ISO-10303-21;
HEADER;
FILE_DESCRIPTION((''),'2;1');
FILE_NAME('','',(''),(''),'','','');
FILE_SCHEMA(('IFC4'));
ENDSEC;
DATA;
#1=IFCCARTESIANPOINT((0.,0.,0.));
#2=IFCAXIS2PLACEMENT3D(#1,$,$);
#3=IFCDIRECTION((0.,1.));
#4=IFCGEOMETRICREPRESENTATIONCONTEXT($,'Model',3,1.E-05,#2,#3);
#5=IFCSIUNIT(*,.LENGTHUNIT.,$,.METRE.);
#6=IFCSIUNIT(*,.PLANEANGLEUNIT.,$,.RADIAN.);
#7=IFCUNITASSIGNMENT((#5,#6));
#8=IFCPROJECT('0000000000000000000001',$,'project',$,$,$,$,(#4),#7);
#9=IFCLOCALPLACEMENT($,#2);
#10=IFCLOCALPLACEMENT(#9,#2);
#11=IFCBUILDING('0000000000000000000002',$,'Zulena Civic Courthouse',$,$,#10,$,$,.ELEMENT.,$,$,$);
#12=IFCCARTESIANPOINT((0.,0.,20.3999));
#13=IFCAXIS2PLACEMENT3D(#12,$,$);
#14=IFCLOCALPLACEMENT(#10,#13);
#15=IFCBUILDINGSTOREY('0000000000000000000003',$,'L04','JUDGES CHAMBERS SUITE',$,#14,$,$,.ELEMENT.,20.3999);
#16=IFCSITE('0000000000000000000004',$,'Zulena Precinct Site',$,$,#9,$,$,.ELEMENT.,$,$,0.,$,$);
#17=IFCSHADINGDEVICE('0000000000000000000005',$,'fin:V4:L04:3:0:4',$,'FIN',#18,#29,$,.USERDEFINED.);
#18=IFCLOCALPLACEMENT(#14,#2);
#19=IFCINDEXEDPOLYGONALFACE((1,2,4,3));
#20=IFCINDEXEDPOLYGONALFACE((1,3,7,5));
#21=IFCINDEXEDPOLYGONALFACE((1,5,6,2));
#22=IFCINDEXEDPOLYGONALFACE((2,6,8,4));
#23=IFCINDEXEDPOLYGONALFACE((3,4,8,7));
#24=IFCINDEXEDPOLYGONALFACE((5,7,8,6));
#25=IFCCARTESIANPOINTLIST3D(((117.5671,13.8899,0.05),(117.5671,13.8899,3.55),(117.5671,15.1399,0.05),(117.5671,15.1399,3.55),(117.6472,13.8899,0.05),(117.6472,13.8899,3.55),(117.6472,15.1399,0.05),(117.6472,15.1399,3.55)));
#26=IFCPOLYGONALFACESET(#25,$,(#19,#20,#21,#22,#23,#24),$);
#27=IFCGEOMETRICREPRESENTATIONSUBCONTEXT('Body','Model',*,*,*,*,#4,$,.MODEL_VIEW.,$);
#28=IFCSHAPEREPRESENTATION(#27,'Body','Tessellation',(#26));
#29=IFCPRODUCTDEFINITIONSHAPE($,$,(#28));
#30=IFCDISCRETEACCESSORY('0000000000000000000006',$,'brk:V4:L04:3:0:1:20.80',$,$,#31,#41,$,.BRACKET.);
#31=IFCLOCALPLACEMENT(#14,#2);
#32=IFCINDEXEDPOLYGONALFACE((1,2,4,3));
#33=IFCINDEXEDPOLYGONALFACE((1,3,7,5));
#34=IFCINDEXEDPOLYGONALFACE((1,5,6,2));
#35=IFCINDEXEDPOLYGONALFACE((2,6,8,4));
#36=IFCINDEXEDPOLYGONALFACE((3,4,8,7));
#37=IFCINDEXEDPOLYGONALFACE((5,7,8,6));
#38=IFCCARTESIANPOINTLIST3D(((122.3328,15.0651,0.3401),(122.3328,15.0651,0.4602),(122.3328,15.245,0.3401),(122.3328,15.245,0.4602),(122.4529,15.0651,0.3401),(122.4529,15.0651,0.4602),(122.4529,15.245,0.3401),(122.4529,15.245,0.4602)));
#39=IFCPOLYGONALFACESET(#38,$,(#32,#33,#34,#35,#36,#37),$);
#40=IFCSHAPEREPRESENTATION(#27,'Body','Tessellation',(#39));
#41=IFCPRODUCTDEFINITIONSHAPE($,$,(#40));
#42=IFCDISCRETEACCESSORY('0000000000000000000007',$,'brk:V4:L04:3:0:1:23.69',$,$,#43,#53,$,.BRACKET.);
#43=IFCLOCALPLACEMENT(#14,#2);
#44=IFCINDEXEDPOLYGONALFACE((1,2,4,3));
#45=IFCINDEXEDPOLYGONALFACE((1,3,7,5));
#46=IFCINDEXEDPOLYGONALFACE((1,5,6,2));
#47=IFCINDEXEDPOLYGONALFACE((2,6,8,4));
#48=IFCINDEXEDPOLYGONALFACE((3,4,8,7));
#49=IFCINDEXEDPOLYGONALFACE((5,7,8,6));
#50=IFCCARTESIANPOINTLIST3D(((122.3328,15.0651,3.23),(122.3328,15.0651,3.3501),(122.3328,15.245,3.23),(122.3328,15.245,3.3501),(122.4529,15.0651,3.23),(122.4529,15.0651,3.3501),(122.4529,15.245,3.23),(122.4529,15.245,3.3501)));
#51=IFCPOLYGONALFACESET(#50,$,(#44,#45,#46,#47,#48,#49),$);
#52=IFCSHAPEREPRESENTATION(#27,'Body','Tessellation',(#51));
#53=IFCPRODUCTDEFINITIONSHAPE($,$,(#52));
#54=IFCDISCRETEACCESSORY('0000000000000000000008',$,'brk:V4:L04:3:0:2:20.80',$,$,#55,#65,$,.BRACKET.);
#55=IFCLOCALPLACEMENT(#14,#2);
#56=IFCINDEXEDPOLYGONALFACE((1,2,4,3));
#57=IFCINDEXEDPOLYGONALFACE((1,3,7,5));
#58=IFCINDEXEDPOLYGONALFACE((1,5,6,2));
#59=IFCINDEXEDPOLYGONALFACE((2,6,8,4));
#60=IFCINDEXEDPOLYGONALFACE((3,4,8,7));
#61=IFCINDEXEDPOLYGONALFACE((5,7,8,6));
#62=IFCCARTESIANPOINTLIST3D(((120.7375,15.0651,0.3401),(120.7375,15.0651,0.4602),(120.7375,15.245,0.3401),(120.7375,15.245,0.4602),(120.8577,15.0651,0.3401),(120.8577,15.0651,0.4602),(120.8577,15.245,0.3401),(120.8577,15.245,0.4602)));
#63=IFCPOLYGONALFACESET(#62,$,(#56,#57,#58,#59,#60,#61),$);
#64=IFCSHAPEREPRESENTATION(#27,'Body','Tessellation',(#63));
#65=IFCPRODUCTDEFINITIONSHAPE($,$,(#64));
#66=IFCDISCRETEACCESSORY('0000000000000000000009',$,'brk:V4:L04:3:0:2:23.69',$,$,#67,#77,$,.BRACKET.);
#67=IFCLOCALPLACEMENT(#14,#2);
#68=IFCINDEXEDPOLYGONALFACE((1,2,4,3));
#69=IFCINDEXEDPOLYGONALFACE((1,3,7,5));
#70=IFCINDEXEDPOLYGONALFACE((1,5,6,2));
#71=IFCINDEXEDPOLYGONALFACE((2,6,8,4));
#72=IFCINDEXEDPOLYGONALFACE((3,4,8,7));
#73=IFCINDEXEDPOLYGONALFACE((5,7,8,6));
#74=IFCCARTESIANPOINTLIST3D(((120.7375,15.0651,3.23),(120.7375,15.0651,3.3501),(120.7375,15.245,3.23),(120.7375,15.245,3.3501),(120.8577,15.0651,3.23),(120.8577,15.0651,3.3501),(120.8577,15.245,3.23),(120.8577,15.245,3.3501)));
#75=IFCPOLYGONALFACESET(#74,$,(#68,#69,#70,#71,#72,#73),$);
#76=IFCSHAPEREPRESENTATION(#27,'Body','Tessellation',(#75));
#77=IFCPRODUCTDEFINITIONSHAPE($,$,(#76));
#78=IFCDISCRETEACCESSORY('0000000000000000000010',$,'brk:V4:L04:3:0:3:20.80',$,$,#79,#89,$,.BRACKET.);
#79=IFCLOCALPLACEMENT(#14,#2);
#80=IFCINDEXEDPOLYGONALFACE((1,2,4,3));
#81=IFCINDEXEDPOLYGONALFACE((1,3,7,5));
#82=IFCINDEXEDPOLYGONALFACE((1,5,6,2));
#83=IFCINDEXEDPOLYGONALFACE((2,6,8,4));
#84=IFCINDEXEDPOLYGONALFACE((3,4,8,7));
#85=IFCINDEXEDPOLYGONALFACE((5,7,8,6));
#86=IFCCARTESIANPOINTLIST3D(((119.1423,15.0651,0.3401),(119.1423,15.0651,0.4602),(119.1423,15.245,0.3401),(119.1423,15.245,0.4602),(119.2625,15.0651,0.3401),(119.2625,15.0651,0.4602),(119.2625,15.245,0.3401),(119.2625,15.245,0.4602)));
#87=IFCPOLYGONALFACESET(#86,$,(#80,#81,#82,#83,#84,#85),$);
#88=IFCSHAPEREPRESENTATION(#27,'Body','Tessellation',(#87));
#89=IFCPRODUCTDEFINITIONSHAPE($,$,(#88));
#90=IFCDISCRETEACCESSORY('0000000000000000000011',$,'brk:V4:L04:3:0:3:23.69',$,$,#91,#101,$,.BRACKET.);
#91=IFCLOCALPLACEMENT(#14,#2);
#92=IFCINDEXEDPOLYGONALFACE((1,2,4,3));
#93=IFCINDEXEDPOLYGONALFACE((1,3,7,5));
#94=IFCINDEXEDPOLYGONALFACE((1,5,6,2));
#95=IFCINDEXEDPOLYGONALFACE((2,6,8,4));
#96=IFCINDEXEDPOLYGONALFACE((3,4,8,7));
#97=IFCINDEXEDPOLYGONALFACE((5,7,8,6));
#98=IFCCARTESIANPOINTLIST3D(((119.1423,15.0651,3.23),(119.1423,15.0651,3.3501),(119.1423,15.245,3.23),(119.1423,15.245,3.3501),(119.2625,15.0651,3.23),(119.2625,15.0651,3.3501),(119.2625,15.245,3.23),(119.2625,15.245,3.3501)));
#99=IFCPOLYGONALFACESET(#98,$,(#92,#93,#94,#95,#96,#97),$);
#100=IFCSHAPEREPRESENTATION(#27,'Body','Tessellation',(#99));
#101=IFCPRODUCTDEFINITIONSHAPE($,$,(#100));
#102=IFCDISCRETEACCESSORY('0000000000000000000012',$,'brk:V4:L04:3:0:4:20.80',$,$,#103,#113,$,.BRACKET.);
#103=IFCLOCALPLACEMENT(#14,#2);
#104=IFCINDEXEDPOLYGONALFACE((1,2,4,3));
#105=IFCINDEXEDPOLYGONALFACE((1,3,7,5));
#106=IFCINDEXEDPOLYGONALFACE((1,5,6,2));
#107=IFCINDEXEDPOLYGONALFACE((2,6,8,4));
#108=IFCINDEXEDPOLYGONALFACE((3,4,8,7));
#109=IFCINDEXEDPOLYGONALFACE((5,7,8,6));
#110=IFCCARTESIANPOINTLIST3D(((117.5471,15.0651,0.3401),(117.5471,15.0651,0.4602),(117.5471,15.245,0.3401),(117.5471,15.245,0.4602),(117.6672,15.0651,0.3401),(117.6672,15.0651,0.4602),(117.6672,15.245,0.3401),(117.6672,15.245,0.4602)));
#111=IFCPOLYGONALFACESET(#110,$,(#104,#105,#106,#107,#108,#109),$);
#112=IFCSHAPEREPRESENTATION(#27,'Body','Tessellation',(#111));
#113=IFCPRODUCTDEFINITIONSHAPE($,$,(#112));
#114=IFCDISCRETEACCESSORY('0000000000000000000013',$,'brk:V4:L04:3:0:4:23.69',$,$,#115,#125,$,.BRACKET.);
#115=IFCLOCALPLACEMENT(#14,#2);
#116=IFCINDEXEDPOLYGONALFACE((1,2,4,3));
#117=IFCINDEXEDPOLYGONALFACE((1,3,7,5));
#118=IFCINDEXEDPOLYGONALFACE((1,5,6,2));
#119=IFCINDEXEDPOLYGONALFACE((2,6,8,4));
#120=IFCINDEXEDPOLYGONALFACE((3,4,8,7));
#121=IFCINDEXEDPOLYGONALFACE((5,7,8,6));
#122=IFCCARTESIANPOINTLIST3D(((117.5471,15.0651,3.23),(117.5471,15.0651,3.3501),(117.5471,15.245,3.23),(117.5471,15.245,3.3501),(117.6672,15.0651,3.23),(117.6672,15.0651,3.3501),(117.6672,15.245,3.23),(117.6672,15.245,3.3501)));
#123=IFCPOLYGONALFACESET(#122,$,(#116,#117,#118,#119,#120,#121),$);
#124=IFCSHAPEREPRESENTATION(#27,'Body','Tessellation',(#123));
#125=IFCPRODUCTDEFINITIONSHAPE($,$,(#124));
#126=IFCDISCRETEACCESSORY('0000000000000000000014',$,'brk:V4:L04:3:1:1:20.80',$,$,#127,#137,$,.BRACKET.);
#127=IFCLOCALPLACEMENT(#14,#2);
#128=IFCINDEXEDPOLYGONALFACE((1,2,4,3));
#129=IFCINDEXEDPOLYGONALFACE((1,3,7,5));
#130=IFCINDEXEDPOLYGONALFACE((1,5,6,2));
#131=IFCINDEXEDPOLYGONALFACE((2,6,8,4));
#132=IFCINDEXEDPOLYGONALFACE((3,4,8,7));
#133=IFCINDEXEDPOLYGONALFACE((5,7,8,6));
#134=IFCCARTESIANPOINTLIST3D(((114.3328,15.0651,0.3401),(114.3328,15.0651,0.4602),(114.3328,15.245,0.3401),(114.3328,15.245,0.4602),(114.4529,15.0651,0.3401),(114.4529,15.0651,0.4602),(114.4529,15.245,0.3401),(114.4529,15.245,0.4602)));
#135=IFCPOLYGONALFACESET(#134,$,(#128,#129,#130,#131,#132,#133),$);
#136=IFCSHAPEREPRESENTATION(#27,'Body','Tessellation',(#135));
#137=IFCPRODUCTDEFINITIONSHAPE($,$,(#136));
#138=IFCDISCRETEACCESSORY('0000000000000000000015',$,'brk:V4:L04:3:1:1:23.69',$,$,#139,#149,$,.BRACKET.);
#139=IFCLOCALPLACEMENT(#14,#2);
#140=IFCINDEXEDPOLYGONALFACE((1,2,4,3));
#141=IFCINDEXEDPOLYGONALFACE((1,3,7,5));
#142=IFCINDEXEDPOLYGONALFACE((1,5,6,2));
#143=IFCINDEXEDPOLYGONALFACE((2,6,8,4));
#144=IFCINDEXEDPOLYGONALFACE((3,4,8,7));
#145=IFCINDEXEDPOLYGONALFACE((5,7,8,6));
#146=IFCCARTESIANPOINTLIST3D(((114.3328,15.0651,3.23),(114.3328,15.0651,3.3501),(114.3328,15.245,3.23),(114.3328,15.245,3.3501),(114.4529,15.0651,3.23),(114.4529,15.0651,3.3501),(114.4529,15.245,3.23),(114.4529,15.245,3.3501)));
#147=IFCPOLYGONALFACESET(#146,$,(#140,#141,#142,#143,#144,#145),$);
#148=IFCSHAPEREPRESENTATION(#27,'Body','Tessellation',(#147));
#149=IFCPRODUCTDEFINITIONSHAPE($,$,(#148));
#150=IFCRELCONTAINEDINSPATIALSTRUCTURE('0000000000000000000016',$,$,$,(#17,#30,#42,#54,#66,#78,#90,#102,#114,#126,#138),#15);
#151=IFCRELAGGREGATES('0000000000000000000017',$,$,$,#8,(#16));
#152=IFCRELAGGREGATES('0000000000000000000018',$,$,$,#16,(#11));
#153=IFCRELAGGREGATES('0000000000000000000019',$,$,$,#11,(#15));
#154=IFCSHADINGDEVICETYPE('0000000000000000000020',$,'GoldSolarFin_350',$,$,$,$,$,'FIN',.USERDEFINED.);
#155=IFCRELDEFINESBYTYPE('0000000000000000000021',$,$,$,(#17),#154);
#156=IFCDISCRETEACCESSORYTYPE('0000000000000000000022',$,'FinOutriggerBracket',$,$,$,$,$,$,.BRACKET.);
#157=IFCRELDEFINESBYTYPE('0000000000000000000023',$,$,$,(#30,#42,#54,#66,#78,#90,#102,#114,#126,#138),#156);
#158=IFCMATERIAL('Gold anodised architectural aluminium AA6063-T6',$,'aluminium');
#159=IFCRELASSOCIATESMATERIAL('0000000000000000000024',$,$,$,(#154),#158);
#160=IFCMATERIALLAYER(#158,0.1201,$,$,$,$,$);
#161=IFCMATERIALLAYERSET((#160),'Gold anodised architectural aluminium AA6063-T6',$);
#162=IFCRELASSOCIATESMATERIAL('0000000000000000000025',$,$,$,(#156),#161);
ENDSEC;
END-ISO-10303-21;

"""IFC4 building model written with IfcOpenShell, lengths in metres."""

from ifc_helpers import new_model, si_unit, direction, frame, origin, origin_2d, place, context, subcontext, project, spatial, rectangle, extrude, material, layer, layer_set, type_object, element, save


model = new_model("IFC4")

# Units and contexts
model_context = context("Model", 3, precision=1e-05, world=origin(), true_north=direction((0.0, 1.0)))
body_context = subcontext(model_context, "Body", "Model", "MODEL_VIEW")
ifc_project = project(units=[si_unit("LENGTHUNIT", "METRE"), si_unit("PLANEANGLEUNIT", "RADIAN")], contexts=[model_context])

# Site, building, storey
site_placement = place(None, origin())
site = spatial("IfcSite", under=ifc_project, at=site_placement, Name="Zulena Precinct Site", CompositionType="ELEMENT", RefElevation=0.0)
building_placement = place(site_placement, origin())
building = spatial("IfcBuilding", under=site, at=building_placement, Name="Zulena Civic Courthouse", CompositionType="ELEMENT")
storey_placement = place(building_placement, frame((0.0, 0.0, 20.3999)))
storey = spatial("IfcBuildingStorey", under=building, at=storey_placement, Name="L04", Description="JUDGES CHAMBERS SUITE", CompositionType="ELEMENT", Elevation=20.3999)

# Shading device
ifc_material_1 = material(Name="Gold anodised architectural aluminium AA6063-T6", Category="aluminium")
shading_device_type = type_object("IfcShadingDeviceType", Name="GoldSolarFin_350", ElementType="FIN", PredefinedType="USERDEFINED", material=ifc_material_1)
for number, where, z_axis, x_axis, name in (
    (1, (117.6072, 14.5149, 0.05), (0.0, 0.0, 1.0), (0.0, -1.0, 0.0), "fin:V4:L04:3:0:4"),
):
    element("IfcShadingDevice", number, at=place(storey_placement, frame(where, z_axis=z_axis, x_axis=x_axis)), inside=storey, type_object=shading_device_type, Name=name, ObjectType="FIN", PredefinedType="USERDEFINED", context=body_context, shape_type="SweptSolid", body=[
        extrude(rectangle(XDim=1.25, YDim=0.0801, at=origin_2d()), origin(), (0.0, 0.0, 1.0), 3.5),
    ])

# Discrete accessories
ifc_layer_1 = layer(ifc_material_1, 0.1201)
ifc_layer_set_1 = layer_set([ifc_layer_1], Name="Gold anodised architectural aluminium AA6063-T6")
discrete_accessory_type = type_object("IfcDiscreteAccessoryType", Name="FinOutriggerBracket", PredefinedType="BRACKET", material=ifc_layer_set_1)
for number, where, z_axis, x_axis, name in (
    (2, (122.3928, 15.155, 0.3401), (0.0, 0.0, 1.0), (0.0, -1.0, 0.0), "brk:V4:L04:3:0:1:20.80"),
    (3, (122.3928, 15.155, 3.23), (0.0, 0.0, 1.0), (0.0, -1.0, 0.0), "brk:V4:L04:3:0:1:23.69"),
    (4, (120.7976, 15.155, 0.3401), (0.0, 0.0, 1.0), (0.0, -1.0, 0.0), "brk:V4:L04:3:0:2:20.80"),
    (5, (120.7976, 15.155, 3.23), (0.0, 0.0, 1.0), (0.0, -1.0, 0.0), "brk:V4:L04:3:0:2:23.69"),
    (6, (119.2024, 15.155, 0.3401), (0.0, 0.0, 1.0), (0.0, -1.0, 0.0), "brk:V4:L04:3:0:3:20.80"),
    (7, (119.2024, 15.155, 3.23), (0.0, 0.0, 1.0), (0.0, -1.0, 0.0), "brk:V4:L04:3:0:3:23.69"),
    (8, (117.6072, 15.155, 0.3401), (0.0, 0.0, 1.0), (0.0, -1.0, 0.0), "brk:V4:L04:3:0:4:20.80"),
    (9, (117.6072, 15.155, 3.23), (0.0, 0.0, 1.0), (0.0, -1.0, 0.0), "brk:V4:L04:3:0:4:23.69"),
    (10, (114.3928, 15.155, 0.3401), (0.0, 0.0, 1.0), (0.0, -1.0, 0.0), "brk:V4:L04:3:1:1:20.80"),
    (11, (114.3928, 15.155, 3.23), (0.0, 0.0, 1.0), (0.0, -1.0, 0.0), "brk:V4:L04:3:1:1:23.69"),
):
    element("IfcDiscreteAccessory", number, at=place(storey_placement, frame(where, z_axis=z_axis, x_axis=x_axis)), inside=storey, type_object=discrete_accessory_type, Name=name, PredefinedType="BRACKET", context=body_context, shape_type="SweptSolid", body=[
        extrude(rectangle(XDim=0.1799, YDim=0.1201, at=origin_2d()), origin(), (0.0, 0.0, 1.0), 0.1201),
    ])

save(model, "model.ifc")
